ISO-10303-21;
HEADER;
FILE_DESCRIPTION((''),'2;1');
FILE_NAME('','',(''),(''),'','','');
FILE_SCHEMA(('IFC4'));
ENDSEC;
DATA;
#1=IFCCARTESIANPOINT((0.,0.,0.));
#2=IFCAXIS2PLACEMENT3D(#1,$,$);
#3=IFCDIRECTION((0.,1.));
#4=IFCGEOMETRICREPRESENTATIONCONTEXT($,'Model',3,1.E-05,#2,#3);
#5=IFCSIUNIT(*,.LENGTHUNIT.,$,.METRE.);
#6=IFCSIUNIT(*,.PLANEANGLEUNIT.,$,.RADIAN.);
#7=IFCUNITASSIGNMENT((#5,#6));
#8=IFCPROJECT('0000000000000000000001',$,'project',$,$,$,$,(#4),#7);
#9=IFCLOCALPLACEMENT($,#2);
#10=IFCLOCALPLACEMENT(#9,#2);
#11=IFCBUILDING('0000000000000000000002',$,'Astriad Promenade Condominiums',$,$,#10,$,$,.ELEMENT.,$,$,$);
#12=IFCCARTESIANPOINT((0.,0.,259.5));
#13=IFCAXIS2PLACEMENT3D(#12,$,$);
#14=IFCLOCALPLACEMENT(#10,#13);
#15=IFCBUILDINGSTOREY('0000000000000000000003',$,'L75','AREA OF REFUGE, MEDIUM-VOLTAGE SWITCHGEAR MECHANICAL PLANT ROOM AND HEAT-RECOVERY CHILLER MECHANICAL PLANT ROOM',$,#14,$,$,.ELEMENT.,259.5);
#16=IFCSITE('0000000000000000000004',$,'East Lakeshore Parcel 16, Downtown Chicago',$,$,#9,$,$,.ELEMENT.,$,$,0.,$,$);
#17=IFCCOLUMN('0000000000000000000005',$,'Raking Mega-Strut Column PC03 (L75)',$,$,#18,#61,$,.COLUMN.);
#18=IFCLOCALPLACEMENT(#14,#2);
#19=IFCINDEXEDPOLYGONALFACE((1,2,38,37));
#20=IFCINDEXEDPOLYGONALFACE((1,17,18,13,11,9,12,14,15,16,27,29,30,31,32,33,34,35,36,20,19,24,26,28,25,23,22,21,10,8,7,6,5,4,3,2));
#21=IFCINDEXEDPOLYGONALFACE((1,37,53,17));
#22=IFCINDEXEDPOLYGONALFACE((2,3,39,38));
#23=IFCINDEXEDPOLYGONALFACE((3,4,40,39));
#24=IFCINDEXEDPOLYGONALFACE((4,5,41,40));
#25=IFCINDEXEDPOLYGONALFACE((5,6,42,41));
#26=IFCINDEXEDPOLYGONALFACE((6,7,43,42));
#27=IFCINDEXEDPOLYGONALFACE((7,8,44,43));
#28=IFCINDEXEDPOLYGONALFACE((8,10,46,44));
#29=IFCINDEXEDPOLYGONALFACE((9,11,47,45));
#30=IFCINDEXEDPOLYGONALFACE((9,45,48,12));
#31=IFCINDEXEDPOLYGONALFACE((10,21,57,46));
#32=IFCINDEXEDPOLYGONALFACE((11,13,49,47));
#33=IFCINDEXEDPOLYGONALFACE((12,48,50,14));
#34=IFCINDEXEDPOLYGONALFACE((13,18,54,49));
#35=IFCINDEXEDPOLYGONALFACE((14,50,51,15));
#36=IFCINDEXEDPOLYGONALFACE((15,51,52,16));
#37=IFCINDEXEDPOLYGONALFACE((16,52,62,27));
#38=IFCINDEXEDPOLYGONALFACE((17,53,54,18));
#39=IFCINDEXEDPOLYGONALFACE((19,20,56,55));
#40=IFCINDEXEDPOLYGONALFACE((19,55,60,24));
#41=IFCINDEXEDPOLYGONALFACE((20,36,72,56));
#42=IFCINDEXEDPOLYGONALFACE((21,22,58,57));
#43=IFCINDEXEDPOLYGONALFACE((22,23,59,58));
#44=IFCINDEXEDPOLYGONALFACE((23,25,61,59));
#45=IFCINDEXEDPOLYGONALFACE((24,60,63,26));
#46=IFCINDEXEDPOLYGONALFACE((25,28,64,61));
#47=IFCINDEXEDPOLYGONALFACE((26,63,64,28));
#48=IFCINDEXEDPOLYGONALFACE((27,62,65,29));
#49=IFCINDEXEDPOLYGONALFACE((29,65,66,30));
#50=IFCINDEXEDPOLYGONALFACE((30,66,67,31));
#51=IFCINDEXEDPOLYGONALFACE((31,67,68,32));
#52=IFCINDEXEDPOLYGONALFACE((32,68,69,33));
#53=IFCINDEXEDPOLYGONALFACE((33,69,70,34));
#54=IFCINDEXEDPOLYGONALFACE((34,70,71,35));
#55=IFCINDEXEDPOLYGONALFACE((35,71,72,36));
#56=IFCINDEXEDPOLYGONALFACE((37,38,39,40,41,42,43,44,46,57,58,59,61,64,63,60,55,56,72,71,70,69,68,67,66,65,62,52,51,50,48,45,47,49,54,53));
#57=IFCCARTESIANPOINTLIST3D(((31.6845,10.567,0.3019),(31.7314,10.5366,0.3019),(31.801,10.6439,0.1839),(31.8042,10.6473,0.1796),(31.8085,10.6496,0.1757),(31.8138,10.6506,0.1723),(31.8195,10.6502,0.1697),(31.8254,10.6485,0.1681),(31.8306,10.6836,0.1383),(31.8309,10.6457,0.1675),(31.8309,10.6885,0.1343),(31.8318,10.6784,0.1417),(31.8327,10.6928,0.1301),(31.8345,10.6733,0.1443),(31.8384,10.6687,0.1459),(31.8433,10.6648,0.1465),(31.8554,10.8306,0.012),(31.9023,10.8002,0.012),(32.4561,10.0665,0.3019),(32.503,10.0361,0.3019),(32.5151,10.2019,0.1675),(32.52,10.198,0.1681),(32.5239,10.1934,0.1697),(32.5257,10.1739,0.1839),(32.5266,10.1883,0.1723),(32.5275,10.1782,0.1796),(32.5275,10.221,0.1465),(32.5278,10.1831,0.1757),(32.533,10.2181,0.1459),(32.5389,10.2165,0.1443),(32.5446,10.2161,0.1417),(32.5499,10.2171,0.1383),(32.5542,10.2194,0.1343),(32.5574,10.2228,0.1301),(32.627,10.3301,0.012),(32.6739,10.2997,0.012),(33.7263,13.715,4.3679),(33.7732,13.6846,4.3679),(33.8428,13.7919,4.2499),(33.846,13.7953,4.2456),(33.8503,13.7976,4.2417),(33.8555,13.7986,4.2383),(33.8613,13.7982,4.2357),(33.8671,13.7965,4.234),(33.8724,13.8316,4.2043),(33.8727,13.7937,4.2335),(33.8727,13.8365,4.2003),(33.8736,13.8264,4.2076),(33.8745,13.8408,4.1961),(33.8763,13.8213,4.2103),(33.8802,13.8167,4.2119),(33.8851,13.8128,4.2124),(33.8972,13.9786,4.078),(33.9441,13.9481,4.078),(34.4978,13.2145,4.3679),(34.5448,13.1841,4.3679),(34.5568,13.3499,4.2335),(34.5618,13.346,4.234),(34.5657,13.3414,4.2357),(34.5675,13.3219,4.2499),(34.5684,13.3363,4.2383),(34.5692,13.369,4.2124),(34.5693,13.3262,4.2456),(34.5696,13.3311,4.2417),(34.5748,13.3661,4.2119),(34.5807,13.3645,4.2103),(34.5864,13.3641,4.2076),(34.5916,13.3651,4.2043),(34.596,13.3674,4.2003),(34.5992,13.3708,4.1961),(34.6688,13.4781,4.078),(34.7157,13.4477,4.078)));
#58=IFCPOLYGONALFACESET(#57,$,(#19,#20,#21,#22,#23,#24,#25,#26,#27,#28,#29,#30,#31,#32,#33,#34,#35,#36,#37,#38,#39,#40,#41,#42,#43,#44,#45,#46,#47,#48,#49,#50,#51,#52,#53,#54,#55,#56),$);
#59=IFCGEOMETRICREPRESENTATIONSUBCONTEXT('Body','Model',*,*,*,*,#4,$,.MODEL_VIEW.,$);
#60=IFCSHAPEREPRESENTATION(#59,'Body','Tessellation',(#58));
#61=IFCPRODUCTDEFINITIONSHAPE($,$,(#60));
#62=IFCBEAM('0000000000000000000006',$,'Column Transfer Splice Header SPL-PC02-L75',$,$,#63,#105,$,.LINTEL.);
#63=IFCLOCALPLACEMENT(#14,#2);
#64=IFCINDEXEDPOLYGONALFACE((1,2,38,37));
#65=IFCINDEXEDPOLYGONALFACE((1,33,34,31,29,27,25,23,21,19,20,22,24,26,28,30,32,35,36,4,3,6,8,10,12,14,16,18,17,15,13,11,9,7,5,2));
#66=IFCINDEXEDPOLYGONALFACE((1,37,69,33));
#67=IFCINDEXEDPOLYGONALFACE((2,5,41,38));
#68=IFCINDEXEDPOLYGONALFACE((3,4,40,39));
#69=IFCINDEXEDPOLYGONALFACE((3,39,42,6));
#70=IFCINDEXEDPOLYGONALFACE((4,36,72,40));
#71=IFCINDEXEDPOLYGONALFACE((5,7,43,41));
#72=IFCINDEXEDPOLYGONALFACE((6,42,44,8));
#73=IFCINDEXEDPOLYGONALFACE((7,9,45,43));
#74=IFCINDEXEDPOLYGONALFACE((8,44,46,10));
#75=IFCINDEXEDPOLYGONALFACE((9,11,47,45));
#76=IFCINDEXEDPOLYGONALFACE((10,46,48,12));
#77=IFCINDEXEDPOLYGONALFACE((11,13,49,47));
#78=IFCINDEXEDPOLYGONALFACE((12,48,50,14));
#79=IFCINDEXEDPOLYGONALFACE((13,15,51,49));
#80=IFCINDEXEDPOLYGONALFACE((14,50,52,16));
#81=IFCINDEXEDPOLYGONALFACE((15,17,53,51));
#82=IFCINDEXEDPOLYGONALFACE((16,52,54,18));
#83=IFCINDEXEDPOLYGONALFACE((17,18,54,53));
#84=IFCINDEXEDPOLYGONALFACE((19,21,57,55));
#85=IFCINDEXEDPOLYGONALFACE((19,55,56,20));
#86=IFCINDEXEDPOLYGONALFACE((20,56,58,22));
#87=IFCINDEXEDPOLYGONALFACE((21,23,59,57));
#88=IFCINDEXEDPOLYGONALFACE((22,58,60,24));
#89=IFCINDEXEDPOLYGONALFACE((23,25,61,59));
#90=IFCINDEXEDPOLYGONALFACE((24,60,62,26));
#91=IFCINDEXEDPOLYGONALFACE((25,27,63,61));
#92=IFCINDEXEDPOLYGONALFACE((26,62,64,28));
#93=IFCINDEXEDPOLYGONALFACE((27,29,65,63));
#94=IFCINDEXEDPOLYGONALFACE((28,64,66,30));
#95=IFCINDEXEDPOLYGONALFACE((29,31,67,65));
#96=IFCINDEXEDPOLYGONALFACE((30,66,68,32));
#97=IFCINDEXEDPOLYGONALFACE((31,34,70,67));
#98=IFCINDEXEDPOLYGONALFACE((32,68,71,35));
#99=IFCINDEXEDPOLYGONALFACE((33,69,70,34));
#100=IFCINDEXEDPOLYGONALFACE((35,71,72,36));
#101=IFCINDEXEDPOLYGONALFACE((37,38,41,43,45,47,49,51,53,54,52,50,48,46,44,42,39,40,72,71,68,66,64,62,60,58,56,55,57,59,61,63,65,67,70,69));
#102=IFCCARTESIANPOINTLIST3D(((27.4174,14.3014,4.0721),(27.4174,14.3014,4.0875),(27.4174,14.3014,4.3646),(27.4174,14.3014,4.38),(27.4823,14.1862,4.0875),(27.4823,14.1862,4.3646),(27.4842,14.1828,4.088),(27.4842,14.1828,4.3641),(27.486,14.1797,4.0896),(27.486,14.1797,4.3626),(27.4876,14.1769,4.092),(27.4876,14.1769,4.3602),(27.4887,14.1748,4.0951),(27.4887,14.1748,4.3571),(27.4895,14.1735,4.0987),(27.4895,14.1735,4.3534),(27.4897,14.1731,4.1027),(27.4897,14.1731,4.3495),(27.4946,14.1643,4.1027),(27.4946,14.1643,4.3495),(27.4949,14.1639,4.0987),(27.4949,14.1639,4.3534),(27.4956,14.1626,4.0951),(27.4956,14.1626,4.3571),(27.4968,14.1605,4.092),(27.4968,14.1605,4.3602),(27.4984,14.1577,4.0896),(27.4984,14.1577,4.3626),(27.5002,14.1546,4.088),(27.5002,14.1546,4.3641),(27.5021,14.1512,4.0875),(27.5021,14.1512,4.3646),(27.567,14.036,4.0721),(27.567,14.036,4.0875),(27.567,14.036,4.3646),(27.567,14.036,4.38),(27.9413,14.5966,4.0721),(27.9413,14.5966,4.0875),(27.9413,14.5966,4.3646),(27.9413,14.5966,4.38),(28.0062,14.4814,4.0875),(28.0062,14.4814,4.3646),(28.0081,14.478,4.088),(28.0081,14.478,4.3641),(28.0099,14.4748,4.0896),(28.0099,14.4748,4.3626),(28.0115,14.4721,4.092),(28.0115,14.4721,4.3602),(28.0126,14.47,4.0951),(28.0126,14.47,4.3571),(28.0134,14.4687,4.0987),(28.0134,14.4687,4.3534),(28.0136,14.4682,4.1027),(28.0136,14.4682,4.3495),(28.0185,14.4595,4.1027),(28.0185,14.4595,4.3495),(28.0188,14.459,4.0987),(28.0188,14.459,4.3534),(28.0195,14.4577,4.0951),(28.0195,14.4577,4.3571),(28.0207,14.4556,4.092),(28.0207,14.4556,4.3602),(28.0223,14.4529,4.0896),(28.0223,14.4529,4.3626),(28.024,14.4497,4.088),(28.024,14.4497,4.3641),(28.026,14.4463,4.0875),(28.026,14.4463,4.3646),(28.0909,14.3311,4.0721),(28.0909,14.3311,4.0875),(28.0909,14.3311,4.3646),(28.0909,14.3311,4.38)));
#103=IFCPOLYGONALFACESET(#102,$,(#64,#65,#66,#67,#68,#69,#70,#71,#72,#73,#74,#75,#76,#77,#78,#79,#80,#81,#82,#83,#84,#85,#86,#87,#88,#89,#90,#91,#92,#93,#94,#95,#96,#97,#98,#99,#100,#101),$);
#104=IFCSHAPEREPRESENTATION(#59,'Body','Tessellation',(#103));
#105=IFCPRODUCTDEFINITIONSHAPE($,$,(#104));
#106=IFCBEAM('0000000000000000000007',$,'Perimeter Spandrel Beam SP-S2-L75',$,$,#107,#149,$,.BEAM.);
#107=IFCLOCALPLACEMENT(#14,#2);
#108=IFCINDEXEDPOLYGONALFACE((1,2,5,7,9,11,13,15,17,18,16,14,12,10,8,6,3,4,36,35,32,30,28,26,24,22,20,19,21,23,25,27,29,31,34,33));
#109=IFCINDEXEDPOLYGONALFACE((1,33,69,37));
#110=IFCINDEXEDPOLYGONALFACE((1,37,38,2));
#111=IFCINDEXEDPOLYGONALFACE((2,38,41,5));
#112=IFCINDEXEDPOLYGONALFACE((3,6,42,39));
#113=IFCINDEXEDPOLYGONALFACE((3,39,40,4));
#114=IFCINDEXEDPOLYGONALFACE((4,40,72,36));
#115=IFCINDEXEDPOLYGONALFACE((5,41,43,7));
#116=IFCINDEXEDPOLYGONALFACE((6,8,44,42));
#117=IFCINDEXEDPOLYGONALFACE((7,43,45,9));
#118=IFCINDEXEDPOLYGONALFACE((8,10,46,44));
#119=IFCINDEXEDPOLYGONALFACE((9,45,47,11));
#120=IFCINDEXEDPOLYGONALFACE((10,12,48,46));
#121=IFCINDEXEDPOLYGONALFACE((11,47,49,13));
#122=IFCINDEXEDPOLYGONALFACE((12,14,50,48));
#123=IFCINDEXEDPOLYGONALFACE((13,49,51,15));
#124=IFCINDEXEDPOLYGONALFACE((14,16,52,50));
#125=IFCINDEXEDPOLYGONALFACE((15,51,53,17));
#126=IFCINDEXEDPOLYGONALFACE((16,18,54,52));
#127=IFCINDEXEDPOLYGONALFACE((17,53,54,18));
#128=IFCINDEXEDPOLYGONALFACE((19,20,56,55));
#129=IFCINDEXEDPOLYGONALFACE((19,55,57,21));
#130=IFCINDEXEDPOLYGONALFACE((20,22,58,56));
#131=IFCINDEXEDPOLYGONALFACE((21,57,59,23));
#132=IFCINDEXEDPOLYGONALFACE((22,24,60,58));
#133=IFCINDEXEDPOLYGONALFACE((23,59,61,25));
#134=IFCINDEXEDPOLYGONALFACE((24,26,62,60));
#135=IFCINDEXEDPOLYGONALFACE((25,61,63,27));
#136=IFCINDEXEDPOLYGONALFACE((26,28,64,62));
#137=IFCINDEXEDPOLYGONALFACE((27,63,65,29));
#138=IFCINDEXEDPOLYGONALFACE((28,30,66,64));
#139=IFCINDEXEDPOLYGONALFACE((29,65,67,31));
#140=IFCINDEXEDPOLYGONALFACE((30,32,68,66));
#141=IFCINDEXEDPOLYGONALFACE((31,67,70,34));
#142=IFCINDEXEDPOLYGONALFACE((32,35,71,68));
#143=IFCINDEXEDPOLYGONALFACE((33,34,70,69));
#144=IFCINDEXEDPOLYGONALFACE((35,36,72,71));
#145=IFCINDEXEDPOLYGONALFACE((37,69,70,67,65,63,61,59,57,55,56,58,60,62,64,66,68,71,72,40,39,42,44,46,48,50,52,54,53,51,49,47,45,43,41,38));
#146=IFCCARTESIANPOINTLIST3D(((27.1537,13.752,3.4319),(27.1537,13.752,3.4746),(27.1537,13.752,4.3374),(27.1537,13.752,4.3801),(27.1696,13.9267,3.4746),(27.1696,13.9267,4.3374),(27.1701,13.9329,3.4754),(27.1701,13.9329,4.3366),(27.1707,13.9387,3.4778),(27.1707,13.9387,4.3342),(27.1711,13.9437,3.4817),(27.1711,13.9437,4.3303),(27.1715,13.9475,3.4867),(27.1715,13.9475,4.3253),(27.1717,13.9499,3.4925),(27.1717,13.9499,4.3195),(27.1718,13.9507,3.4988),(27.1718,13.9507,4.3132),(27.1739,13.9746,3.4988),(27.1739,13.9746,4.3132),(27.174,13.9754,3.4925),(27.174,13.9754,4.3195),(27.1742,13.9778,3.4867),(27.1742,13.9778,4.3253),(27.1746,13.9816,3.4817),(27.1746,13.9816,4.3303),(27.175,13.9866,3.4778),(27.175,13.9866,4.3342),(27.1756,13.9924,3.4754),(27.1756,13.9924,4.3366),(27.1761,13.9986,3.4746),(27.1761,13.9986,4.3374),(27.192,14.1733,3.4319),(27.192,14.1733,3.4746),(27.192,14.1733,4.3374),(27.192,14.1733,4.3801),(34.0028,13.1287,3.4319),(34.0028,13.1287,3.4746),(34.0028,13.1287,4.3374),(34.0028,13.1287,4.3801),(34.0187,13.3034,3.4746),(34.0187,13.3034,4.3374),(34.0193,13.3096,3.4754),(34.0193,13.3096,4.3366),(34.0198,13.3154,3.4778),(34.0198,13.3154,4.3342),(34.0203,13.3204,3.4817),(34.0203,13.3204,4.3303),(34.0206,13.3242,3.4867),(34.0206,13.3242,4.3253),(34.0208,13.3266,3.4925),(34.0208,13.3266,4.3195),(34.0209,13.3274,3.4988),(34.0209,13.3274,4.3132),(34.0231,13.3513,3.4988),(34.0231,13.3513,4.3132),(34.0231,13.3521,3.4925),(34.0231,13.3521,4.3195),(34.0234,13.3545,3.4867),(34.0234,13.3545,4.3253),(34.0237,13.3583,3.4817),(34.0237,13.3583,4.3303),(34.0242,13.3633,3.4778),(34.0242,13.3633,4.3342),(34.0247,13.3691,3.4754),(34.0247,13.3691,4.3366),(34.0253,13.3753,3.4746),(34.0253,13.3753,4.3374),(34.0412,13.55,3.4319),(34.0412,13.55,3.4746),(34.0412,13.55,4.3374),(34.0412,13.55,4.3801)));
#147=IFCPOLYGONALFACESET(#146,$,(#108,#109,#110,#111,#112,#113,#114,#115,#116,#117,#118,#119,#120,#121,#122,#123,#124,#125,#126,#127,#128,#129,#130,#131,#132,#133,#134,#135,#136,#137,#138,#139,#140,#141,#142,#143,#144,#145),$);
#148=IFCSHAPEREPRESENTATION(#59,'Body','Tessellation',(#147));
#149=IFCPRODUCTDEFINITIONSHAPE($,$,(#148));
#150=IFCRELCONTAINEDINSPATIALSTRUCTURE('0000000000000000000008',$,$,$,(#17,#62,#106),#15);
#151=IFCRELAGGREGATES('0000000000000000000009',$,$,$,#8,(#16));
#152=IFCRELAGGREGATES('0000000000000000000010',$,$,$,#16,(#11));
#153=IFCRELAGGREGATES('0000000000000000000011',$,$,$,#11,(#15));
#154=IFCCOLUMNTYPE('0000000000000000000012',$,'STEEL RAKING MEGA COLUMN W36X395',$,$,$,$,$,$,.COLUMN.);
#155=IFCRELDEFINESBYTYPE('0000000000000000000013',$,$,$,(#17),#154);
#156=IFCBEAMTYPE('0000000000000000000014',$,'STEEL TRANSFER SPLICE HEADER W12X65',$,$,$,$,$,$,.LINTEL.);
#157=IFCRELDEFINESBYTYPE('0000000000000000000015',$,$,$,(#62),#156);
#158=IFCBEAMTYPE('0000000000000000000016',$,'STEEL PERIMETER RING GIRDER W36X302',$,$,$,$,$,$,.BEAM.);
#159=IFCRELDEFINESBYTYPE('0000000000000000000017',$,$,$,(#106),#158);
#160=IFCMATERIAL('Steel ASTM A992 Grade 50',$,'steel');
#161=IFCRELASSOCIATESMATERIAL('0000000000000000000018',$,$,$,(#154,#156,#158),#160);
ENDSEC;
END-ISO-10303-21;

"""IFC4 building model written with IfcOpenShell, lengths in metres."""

from ifc_helpers import new_model, si_unit, direction, frame, origin, origin_2d, place, context, subcontext, project, spatial, i_section, extrude, source, transform, mapped, material, material_profile, profile_set, type_object, type_shapes, element, save


model = new_model("IFC4")

# Units and contexts
model_context = context("Model", 3, precision=1e-05, world=origin(), true_north=direction((0.0, 1.0)))
body_context = subcontext(model_context, "Body", "Model", "MODEL_VIEW")
ifc_project = project(units=[si_unit("LENGTHUNIT", "METRE"), si_unit("PLANEANGLEUNIT", "RADIAN")], contexts=[model_context])

# Site, building, storey
site_placement = place(None, origin())
site = spatial("IfcSite", under=ifc_project, at=site_placement, Name="East Lakeshore Parcel 16, Downtown Chicago", CompositionType="ELEMENT", RefElevation=0.0)
building_placement = place(site_placement, origin())
building = spatial("IfcBuilding", under=site, at=building_placement, Name="Astriad Promenade Condominiums", CompositionType="ELEMENT")
storey_placement = place(building_placement, frame((0.0, 0.0, 259.5)))
storey = spatial("IfcBuildingStorey", under=building, at=storey_placement, Name="L75", Description="AREA OF REFUGE, MEDIUM-VOLTAGE SWITCHGEAR MECHANICAL PLANT ROOM AND HEAT-RECOVERY CHILLER MECHANICAL PLANT ROOM", CompositionType="ELEMENT", Elevation=259.5)

# Column
ifc_material_1 = material(Name="Steel ASTM A992 Grade 50", Category="steel")
ifc_material_profile_1 = material_profile(ifc_material_1, i_section(OverallWidth=0.4275, OverallDepth=0.9756, WebThickness=0.031, FlangeThickness=0.0559, FilletRadius=0.0242, at=origin_2d()), Name="W36X395")
ifc_profile_set_1 = profile_set([ifc_material_profile_1], Name="Steel ASTM A992 Grade 50")
column_type = type_object("IfcColumnType", Name="STEEL RAKING MEGA COLUMN W36X395", PredefinedType="COLUMN", material=ifc_profile_set_1)
shared_shape_1 = source(origin(), body_context, "Body", "SweptSolid", [
    extrude(i_section(OverallWidth=0.4275, OverallDepth=0.9756, WebThickness=0.031, FlangeThickness=0.0559, FilletRadius=0.0242, at=origin_2d()), origin(), (0.0, 0.0, 1.0), 5.5327),
])
type_shapes(column_type, [shared_shape_1])
column_placement = place(storey_placement, frame((32.1792, 10.4333, 0.157), z_axis=(0.369037, 0.568979, 0.734898), x_axis=(-0.399902, -0.616565, 0.678178)))
element("IfcColumn", 1, at=column_placement, inside=storey, type_object=column_type, Name="Raking Mega-Strut Column PC03 (L75)", PredefinedType="COLUMN", context=body_context, shape_type="MappedRepresentation", body=[
    mapped(shared_shape_1, transform((0.0, 0.0, 0.0), scale=1.0)),
])

# Beams
ifc_material_profile_2 = material_profile(ifc_material_1, i_section(OverallWidth=0.3047, OverallDepth=0.3079, WebThickness=0.01, FlangeThickness=0.0154, FilletRadius=0.0151, at=origin_2d()), Name="W12X65")
ifc_profile_set_2 = profile_set([ifc_material_profile_2], Name="Steel ASTM A992 Grade 50")
beam_type_1 = type_object("IfcBeamType", Name="STEEL TRANSFER SPLICE HEADER W12X65", PredefinedType="LINTEL", material=ifc_profile_set_2)
shared_shape_2 = source(origin(), body_context, "Body", "SweptSolid", [
    extrude(i_section(OverallWidth=0.3047, OverallDepth=0.3079, WebThickness=0.01, FlangeThickness=0.0154, FilletRadius=0.0151, at=origin_2d()), origin(), (0.0, 0.0, 1.0), 0.6013),
])
type_shapes(beam_type_1, [shared_shape_2])
beam_1_placement = place(storey_placement, frame((27.4922, 14.1687, 4.2261), z_axis=(0.87125, 0.490839, 0.0), x_axis=(-0.490839, 0.87125, 0.0)))
element("IfcBeam", 2, at=beam_1_placement, inside=storey, type_object=beam_type_1, Name="Column Transfer Splice Header SPL-PC02-L75", PredefinedType="LINTEL", context=body_context, shape_type="MappedRepresentation", body=[
    mapped(shared_shape_2, transform((0.0, 0.0, 0.0), scale=1.0)),
])
ifc_material_profile_3 = material_profile(ifc_material_1, i_section(OverallWidth=0.4231, OverallDepth=0.9482, WebThickness=0.0239, FlangeThickness=0.0427, FilletRadius=0.0242, at=origin_2d()), Name="W36X302")
ifc_profile_set_3 = profile_set([ifc_material_profile_3], Name="Steel ASTM A992 Grade 50")
beam_type_2 = type_object("IfcBeamType", Name="STEEL PERIMETER RING GIRDER W36X302", PredefinedType="BEAM", material=ifc_profile_set_3)
shared_shape_3 = source(origin(), body_context, "Body", "SweptSolid", [
    extrude(i_section(OverallWidth=0.4231, OverallDepth=0.9482, WebThickness=0.0239, FlangeThickness=0.0427, FilletRadius=0.0242, at=origin_2d()), origin(), (0.0, 0.0, 1.0), 6.8774),
])
type_shapes(beam_type_2, [shared_shape_3])
beam_2_placement = place(storey_placement, frame((27.1729, 13.9626, 3.906), z_axis=(0.995885, -0.090629, 0.0), x_axis=(0.090629, 0.995885, 0.0)))
element("IfcBeam", 3, at=beam_2_placement, inside=storey, type_object=beam_type_2, Name="Perimeter Spandrel Beam SP-S2-L75", PredefinedType="BEAM", context=body_context, shape_type="MappedRepresentation", body=[
    mapped(shared_shape_3, transform((0.0, 0.0, 0.0), scale=1.0)),
])

save(model, "model.ifc")
